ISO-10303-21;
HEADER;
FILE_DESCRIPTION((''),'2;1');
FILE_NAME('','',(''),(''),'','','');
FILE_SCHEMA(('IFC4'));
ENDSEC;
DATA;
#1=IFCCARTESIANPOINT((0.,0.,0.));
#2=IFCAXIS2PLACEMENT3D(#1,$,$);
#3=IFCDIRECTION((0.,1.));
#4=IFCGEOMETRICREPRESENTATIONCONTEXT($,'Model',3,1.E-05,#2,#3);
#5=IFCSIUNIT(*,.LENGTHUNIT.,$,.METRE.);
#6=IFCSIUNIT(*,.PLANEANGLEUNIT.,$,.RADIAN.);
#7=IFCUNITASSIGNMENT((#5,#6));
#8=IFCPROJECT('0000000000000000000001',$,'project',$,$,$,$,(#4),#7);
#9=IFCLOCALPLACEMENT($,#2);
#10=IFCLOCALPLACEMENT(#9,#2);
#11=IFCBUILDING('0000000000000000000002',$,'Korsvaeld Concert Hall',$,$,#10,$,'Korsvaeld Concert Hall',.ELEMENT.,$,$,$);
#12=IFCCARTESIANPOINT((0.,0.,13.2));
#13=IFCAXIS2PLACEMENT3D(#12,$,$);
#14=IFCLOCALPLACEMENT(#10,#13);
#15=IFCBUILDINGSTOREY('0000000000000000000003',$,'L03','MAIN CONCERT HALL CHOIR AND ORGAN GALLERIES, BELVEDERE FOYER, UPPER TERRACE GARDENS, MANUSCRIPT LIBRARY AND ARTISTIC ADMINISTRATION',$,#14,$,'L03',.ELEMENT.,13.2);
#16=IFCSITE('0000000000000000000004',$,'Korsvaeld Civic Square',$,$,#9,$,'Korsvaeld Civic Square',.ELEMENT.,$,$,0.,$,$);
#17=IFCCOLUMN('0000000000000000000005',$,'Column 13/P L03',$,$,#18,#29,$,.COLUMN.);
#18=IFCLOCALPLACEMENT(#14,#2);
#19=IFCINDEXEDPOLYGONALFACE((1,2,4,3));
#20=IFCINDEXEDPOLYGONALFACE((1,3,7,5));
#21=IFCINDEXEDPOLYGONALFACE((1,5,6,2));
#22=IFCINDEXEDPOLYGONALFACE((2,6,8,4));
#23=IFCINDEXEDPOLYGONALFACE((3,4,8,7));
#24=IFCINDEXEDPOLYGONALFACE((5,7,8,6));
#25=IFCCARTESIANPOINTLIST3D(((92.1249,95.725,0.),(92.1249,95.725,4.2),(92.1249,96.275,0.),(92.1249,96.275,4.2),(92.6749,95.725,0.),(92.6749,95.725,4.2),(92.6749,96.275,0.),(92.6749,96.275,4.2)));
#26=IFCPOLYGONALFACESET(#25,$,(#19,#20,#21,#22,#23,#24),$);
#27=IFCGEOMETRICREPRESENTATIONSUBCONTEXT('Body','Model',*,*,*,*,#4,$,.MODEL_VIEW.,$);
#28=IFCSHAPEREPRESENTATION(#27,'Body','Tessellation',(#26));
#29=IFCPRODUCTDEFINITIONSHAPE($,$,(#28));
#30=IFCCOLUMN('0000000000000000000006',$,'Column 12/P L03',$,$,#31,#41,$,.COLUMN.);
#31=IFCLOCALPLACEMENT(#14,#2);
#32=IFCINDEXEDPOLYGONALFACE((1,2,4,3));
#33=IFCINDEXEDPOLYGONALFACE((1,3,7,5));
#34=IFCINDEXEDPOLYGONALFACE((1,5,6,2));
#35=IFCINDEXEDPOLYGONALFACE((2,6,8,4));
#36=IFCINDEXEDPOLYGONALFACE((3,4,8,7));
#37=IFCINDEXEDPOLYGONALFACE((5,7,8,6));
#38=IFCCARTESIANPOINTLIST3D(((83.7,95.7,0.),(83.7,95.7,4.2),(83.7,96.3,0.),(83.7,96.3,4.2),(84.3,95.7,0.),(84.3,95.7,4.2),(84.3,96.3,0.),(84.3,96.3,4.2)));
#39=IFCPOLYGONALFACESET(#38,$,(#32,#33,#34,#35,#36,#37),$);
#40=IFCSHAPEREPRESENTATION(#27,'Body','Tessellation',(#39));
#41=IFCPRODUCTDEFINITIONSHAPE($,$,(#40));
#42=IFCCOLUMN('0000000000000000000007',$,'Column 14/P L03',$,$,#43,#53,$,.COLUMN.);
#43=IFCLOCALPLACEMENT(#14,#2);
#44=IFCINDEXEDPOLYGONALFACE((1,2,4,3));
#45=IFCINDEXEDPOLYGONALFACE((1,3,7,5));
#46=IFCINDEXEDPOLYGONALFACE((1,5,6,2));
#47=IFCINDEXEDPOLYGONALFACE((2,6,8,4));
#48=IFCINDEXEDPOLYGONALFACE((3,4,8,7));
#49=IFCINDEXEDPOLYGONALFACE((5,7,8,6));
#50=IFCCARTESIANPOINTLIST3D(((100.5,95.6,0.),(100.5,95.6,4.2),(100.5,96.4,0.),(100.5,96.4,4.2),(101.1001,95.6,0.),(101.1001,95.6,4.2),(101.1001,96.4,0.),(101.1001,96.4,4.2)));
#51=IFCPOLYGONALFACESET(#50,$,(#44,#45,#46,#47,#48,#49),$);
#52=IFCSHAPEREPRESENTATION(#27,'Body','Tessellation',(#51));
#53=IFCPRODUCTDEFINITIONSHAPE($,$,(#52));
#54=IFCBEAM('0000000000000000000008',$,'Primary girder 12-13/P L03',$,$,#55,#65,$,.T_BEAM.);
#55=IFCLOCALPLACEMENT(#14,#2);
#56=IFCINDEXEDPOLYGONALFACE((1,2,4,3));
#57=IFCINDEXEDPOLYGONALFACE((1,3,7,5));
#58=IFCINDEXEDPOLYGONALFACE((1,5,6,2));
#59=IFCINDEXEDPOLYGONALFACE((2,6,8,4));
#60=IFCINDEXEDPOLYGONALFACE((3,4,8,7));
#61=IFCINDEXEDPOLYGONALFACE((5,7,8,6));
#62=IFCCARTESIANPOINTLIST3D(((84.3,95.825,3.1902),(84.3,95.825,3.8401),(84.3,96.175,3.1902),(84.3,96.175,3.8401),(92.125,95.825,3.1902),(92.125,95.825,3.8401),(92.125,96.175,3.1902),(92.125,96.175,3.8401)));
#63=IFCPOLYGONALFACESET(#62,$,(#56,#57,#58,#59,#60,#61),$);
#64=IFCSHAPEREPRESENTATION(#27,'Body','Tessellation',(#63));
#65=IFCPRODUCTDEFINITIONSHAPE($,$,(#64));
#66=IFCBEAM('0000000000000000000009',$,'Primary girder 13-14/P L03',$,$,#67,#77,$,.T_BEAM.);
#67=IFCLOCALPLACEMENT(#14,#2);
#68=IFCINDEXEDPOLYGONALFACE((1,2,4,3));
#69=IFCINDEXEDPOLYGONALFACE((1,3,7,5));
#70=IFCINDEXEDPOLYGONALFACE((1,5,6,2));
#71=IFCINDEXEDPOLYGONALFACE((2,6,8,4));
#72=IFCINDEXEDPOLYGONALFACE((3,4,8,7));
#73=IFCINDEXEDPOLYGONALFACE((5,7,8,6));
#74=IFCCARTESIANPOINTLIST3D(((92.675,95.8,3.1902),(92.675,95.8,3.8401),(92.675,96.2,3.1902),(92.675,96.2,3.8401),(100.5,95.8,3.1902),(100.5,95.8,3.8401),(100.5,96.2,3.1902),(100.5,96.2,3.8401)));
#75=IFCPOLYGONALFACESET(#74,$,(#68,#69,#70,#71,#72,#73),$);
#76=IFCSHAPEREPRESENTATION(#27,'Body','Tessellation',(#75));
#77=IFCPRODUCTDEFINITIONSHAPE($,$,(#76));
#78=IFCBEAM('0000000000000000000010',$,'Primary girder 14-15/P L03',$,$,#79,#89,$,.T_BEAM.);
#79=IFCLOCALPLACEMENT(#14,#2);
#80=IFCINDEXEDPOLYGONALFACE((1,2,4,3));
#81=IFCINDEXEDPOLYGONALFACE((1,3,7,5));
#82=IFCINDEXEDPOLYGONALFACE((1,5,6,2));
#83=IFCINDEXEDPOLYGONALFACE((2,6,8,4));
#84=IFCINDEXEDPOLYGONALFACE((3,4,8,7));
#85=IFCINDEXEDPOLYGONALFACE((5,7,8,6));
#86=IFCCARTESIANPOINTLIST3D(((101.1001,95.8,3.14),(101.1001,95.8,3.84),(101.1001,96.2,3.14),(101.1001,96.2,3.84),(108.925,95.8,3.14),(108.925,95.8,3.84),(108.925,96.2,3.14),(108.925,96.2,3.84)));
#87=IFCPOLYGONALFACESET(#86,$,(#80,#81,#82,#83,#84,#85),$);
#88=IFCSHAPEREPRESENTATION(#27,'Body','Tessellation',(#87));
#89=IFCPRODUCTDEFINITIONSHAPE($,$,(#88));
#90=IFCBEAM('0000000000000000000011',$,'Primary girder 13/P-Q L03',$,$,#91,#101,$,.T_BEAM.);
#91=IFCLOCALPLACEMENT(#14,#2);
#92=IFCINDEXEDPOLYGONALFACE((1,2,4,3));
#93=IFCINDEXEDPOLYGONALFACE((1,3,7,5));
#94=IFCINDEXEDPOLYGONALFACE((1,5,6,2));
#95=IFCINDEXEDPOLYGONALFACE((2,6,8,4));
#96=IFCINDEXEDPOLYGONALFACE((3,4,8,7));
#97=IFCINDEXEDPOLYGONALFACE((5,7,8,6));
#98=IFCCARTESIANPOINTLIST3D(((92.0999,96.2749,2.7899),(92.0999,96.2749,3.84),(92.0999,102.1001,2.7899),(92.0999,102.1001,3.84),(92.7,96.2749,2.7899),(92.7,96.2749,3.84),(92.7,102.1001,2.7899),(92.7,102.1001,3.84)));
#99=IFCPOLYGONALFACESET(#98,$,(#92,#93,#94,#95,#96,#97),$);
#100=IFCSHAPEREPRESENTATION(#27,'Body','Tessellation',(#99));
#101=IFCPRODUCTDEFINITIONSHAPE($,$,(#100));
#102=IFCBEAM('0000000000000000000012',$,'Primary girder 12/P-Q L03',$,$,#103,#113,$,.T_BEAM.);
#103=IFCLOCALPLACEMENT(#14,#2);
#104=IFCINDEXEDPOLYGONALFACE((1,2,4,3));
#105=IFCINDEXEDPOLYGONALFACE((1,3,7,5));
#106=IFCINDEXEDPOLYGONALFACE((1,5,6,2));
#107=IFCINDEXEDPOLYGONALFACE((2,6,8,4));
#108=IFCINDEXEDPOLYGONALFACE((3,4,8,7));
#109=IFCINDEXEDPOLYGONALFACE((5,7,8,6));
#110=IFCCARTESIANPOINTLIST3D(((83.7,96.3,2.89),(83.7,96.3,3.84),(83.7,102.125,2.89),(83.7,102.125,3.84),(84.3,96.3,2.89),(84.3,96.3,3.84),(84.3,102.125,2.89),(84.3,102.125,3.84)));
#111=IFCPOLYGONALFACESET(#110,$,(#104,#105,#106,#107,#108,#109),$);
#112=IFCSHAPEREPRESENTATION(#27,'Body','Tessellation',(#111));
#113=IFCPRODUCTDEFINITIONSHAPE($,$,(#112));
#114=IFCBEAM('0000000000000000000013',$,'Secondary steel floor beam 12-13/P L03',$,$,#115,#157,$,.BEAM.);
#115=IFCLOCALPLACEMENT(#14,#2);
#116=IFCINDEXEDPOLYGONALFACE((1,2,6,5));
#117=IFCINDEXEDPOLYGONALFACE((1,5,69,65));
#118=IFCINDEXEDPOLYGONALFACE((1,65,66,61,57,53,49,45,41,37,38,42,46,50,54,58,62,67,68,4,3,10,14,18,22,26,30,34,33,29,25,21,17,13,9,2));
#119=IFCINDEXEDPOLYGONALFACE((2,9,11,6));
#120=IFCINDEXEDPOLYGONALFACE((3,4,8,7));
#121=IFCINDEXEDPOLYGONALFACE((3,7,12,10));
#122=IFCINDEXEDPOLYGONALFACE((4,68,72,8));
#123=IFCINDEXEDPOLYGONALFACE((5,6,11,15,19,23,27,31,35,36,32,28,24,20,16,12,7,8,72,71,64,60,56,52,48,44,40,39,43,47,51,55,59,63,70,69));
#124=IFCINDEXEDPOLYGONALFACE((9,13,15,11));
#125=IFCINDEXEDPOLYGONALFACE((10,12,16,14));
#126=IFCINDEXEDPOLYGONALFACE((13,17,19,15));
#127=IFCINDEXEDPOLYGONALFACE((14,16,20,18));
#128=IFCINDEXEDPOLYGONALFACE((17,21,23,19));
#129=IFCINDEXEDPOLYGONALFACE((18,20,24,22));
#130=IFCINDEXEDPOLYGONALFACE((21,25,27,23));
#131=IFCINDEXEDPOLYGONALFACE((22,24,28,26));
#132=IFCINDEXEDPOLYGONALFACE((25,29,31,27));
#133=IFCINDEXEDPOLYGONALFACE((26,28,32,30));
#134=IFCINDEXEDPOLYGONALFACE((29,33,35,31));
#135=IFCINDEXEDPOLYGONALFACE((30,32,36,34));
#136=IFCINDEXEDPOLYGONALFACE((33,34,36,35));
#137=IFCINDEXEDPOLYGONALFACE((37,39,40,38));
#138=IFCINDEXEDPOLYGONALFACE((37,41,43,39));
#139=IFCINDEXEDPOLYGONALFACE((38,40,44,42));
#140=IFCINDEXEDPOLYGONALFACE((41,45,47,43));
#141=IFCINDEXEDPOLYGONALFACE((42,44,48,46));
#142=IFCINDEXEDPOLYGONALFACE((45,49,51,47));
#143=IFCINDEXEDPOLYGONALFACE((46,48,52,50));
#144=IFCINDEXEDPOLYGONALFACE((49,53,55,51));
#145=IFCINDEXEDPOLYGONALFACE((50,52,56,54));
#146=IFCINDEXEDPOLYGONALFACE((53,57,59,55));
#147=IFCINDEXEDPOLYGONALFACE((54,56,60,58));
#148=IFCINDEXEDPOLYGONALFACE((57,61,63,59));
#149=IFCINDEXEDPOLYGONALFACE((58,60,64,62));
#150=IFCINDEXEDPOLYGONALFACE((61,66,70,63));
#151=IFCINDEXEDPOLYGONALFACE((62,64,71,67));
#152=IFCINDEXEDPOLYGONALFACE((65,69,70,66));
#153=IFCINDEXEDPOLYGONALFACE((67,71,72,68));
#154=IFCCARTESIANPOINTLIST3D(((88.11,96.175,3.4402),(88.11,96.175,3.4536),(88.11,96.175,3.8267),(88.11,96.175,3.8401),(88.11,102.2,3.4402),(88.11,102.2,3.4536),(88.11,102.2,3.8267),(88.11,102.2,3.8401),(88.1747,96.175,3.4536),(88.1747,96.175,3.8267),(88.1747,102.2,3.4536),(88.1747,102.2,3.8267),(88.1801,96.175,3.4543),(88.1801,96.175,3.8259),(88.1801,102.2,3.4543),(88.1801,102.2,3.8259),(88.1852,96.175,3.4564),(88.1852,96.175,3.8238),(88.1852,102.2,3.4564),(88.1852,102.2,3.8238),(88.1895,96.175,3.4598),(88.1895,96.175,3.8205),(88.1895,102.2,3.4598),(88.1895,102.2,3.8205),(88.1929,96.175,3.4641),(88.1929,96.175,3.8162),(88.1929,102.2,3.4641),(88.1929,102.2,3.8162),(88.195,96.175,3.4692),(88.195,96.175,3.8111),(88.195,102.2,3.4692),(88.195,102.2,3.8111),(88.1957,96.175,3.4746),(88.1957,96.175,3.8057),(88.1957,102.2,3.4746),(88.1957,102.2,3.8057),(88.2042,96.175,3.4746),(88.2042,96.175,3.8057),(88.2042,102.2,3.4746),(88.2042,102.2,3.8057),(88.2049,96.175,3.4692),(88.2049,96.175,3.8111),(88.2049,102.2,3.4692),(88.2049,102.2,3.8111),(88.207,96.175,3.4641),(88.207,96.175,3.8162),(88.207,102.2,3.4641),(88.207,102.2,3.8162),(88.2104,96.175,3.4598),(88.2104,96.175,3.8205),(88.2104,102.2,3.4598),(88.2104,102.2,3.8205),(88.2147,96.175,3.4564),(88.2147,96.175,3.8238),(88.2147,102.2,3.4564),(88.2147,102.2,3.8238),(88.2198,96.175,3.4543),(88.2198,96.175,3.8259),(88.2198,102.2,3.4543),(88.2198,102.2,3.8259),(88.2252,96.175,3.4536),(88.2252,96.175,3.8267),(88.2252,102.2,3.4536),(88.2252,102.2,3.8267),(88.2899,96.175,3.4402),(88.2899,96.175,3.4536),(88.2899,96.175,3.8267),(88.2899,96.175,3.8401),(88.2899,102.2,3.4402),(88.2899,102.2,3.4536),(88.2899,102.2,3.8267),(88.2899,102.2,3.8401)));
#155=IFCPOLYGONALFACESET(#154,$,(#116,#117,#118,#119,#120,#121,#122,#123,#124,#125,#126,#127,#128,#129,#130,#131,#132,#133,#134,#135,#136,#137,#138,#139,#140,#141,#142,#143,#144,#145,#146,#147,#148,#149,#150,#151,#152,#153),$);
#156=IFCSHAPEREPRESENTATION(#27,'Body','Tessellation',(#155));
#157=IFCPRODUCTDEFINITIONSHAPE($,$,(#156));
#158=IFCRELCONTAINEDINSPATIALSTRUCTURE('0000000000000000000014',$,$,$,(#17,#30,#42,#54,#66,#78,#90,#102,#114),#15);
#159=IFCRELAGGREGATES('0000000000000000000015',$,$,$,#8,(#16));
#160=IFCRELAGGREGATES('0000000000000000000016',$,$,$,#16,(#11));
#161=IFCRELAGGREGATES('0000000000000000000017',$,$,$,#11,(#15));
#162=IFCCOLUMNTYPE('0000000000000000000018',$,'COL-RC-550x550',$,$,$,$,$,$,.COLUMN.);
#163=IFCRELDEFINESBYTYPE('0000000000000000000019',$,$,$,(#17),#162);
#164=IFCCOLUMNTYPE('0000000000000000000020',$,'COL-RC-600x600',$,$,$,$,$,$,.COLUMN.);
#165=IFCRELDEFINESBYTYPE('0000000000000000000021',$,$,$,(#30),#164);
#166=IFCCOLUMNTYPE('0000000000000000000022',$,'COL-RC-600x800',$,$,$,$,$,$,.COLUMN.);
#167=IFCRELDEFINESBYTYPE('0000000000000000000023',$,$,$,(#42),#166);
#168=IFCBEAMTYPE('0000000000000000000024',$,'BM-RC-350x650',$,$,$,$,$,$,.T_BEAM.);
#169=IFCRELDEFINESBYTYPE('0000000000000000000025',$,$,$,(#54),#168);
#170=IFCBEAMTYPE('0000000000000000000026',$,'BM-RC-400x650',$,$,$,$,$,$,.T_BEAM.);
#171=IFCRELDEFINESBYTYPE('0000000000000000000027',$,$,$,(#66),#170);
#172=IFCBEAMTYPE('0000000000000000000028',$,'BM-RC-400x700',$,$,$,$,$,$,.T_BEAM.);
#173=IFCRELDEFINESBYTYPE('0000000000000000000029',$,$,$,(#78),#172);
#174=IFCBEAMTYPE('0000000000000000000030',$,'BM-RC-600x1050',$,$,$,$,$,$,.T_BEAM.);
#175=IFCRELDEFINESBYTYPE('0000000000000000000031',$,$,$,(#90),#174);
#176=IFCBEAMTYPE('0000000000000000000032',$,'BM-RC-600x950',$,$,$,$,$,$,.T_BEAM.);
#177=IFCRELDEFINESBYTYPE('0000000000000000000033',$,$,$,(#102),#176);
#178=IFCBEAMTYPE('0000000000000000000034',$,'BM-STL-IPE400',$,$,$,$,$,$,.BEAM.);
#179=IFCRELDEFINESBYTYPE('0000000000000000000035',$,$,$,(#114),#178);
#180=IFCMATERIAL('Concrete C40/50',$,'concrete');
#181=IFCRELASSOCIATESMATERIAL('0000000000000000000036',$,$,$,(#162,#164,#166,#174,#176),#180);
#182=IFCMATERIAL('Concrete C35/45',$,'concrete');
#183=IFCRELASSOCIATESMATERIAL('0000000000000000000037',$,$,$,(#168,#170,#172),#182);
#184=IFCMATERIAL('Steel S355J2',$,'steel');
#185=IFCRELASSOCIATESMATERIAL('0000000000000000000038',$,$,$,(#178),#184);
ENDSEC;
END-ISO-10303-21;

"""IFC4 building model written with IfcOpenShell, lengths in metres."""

from ifc_helpers import new_model, si_unit, direction, frame, origin, origin_2d, place, context, subcontext, project, spatial, rectangle, i_section, extrude, material, material_profile, profile_set, type_object, element, save


model = new_model("IFC4")

# Units and contexts
model_context = context("Model", 3, precision=1e-05, world=origin(), true_north=direction((0.0, 1.0)))
body_context = subcontext(model_context, "Body", "Model", "MODEL_VIEW")
ifc_project = project(units=[si_unit("LENGTHUNIT", "METRE"), si_unit("PLANEANGLEUNIT", "RADIAN")], contexts=[model_context])

# Site, building, storey
site_placement = place(None, origin())
site = spatial("IfcSite", under=ifc_project, at=site_placement, Name="Korsvaeld Civic Square", LongName="Korsvaeld Civic Square", CompositionType="ELEMENT", RefElevation=0.0)
building_placement = place(site_placement, origin())
building = spatial("IfcBuilding", under=site, at=building_placement, Name="Korsvaeld Concert Hall", LongName="Korsvaeld Concert Hall", CompositionType="ELEMENT")
storey_placement = place(building_placement, frame((0.0, 0.0, 13.2)))
storey = spatial("IfcBuildingStorey", under=building, at=storey_placement, Name="L03", Description="MAIN CONCERT HALL CHOIR AND ORGAN GALLERIES, BELVEDERE FOYER, UPPER TERRACE GARDENS, MANUSCRIPT LIBRARY AND ARTISTIC ADMINISTRATION", LongName="L03", CompositionType="ELEMENT", Elevation=13.2)

# Columns
ifc_material_1 = material(Name="Concrete C40/50", Category="concrete")
ifc_material_profile_1 = material_profile(ifc_material_1, rectangle(XDim=0.55, YDim=0.55, at=origin_2d()), Name="RC 550x550")
ifc_profile_set_1 = profile_set([ifc_material_profile_1], Name="Concrete C40/50")
column_type_1 = type_object("IfcColumnType", Name="COL-RC-550x550", PredefinedType="COLUMN", material=ifc_profile_set_1)
column_1_placement = place(storey_placement, frame((92.3999, 96.0, 0.0), z_axis=(0.0, 0.0, 1.0), x_axis=(1.0, 0.0, 0.0)))
element("IfcColumn", 1, at=column_1_placement, inside=storey, type_object=column_type_1, Name="Column 13/P L03", PredefinedType="COLUMN", context=body_context, shape_type="SweptSolid", body=[
    extrude(rectangle(XDim=0.55, YDim=0.55, at=origin_2d()), origin(), (0.0, 0.0, 1.0), 4.2),
])
ifc_material_profile_2 = material_profile(ifc_material_1, rectangle(XDim=0.6001, YDim=0.6001, at=origin_2d()), Name="RC 600x600")
ifc_profile_set_2 = profile_set([ifc_material_profile_2], Name="Concrete C40/50")
column_type_2 = type_object("IfcColumnType", Name="COL-RC-600x600", PredefinedType="COLUMN", material=ifc_profile_set_2)
column_2_placement = place(storey_placement, frame((84.0, 96.0, 0.0), z_axis=(0.0, 0.0, 1.0), x_axis=(1.0, 0.0, 0.0)))
element("IfcColumn", 2, at=column_2_placement, inside=storey, type_object=column_type_2, Name="Column 12/P L03", PredefinedType="COLUMN", context=body_context, shape_type="SweptSolid", body=[
    extrude(rectangle(XDim=0.6001, YDim=0.6001, at=origin_2d()), origin(), (0.0, 0.0, 1.0), 4.2),
])
ifc_material_profile_3 = material_profile(ifc_material_1, rectangle(XDim=0.6001, YDim=0.8, at=origin_2d()), Name="RC 600x800")
ifc_profile_set_3 = profile_set([ifc_material_profile_3], Name="Concrete C40/50")
column_type_3 = type_object("IfcColumnType", Name="COL-RC-600x800", PredefinedType="COLUMN", material=ifc_profile_set_3)
column_3_placement = place(storey_placement, frame((100.8, 96.0, 0.0), z_axis=(0.0, 0.0, 1.0), x_axis=(1.0, 0.0, 0.0)))
element("IfcColumn", 3, at=column_3_placement, inside=storey, type_object=column_type_3, Name="Column 14/P L03", PredefinedType="COLUMN", context=body_context, shape_type="SweptSolid", body=[
    extrude(rectangle(XDim=0.6001, YDim=0.8, at=origin_2d()), origin(), (0.0, 0.0, 1.0), 4.2),
])

# Beams
ifc_material_2 = material(Name="Concrete C35/45", Category="concrete")
ifc_material_profile_4 = material_profile(ifc_material_2, rectangle(XDim=0.3501, YDim=0.6499, at=origin_2d()), Name="RC 350x650")
ifc_profile_set_4 = profile_set([ifc_material_profile_4], Name="Concrete C35/45")
beam_type_1 = type_object("IfcBeamType", Name="BM-RC-350x650", PredefinedType="T_BEAM", material=ifc_profile_set_4)
beam_1_placement = place(storey_placement, frame((84.3, 96.0, 3.5151), z_axis=(1.0, 0.0, 0.0), x_axis=(0.0, 1.0, 0.0)))
element("IfcBeam", 4, at=beam_1_placement, inside=storey, type_object=beam_type_1, Name="Primary girder 12-13/P L03", PredefinedType="T_BEAM", context=body_context, shape_type="SweptSolid", body=[
    extrude(rectangle(XDim=0.3501, YDim=0.6499, at=origin_2d()), origin(), (0.0, 0.0, 1.0), 7.825),
])
ifc_material_profile_5 = material_profile(ifc_material_2, rectangle(XDim=0.3999, YDim=0.6499, at=origin_2d()), Name="RC 400x650")
ifc_profile_set_5 = profile_set([ifc_material_profile_5], Name="Concrete C35/45")
beam_type_2 = type_object("IfcBeamType", Name="BM-RC-400x650", PredefinedType="T_BEAM", material=ifc_profile_set_5)
beam_2_placement = place(storey_placement, frame((92.675, 96.0, 3.5151), z_axis=(1.0, 0.0, 0.0), x_axis=(0.0, 1.0, 0.0)))
element("IfcBeam", 5, at=beam_2_placement, inside=storey, type_object=beam_type_2, Name="Primary girder 13-14/P L03", PredefinedType="T_BEAM", context=body_context, shape_type="SweptSolid", body=[
    extrude(rectangle(XDim=0.3999, YDim=0.6499, at=origin_2d()), origin(), (0.0, 0.0, 1.0), 7.825),
])
ifc_material_profile_6 = material_profile(ifc_material_2, rectangle(XDim=0.3999, YDim=0.7, at=origin_2d()), Name="RC 400x700")
ifc_profile_set_6 = profile_set([ifc_material_profile_6], Name="Concrete C35/45")
beam_type_3 = type_object("IfcBeamType", Name="BM-RC-400x700", PredefinedType="T_BEAM", material=ifc_profile_set_6)
beam_3_placement = place(storey_placement, frame((101.1001, 96.0, 3.49), z_axis=(1.0, 0.0, 0.0), x_axis=(0.0, 1.0, 0.0)))
element("IfcBeam", 6, at=beam_3_placement, inside=storey, type_object=beam_type_3, Name="Primary girder 14-15/P L03", PredefinedType="T_BEAM", context=body_context, shape_type="SweptSolid", body=[
    extrude(rectangle(XDim=0.3999, YDim=0.7, at=origin_2d()), origin(), (0.0, 0.0, 1.0), 7.825),
])
ifc_material_profile_7 = material_profile(ifc_material_1, rectangle(XDim=0.6001, YDim=1.05, at=origin_2d()), Name="RC 600x1050")
ifc_profile_set_7 = profile_set([ifc_material_profile_7], Name="Concrete C40/50")
beam_type_4 = type_object("IfcBeamType", Name="BM-RC-600x1050", PredefinedType="T_BEAM", material=ifc_profile_set_7)
beam_4_placement = place(storey_placement, frame((92.3999, 96.2749, 3.3149), z_axis=(0.0, 1.0, 0.0), x_axis=(-1.0, 0.0, 0.0)))
element("IfcBeam", 7, at=beam_4_placement, inside=storey, type_object=beam_type_4, Name="Primary girder 13/P-Q L03", PredefinedType="T_BEAM", context=body_context, shape_type="SweptSolid", body=[
    extrude(rectangle(XDim=0.6001, YDim=1.05, at=origin_2d()), origin(), (0.0, 0.0, 1.0), 5.8252),
])
ifc_material_profile_8 = material_profile(ifc_material_1, rectangle(XDim=0.6001, YDim=0.95, at=origin_2d()), Name="RC 600x950")
ifc_profile_set_8 = profile_set([ifc_material_profile_8], Name="Concrete C40/50")
beam_type_5 = type_object("IfcBeamType", Name="BM-RC-600x950", PredefinedType="T_BEAM", material=ifc_profile_set_8)
beam_5_placement = place(storey_placement, frame((84.0, 96.3, 3.365), z_axis=(0.0, 1.0, 0.0), x_axis=(-1.0, 0.0, 0.0)))
element("IfcBeam", 8, at=beam_5_placement, inside=storey, type_object=beam_type_5, Name="Primary girder 12/P-Q L03", PredefinedType="T_BEAM", context=body_context, shape_type="SweptSolid", body=[
    extrude(rectangle(XDim=0.6001, YDim=0.95, at=origin_2d()), origin(), (0.0, 0.0, 1.0), 5.825),
])
ifc_material_3 = material(Name="Steel S355J2", Category="steel")
ifc_material_profile_9 = material_profile(ifc_material_3, i_section(OverallWidth=0.1799, OverallDepth=0.3999, WebThickness=0.0085, FlangeThickness=0.0134, FilletRadius=0.021, at=origin_2d()), Name="IPE 400")
ifc_profile_set_9 = profile_set([ifc_material_profile_9], Name="Steel S355J2")
beam_type_6 = type_object("IfcBeamType", Name="BM-STL-IPE400", PredefinedType="BEAM", material=ifc_profile_set_9)
beam_6_placement = place(storey_placement, frame((88.2, 96.175, 3.6401), z_axis=(0.0, 1.0, 0.0), x_axis=(-1.0, 0.0, 0.0)))
element("IfcBeam", 9, at=beam_6_placement, inside=storey, type_object=beam_type_6, Name="Secondary steel floor beam 12-13/P L03", PredefinedType="BEAM", context=body_context, shape_type="SweptSolid", body=[
    extrude(i_section(OverallWidth=0.1799, OverallDepth=0.3999, WebThickness=0.0085, FlangeThickness=0.0134, FilletRadius=0.021, at=origin_2d()), origin(), (0.0, 0.0, 1.0), 6.0249),
])

save(model, "model.ifc")
